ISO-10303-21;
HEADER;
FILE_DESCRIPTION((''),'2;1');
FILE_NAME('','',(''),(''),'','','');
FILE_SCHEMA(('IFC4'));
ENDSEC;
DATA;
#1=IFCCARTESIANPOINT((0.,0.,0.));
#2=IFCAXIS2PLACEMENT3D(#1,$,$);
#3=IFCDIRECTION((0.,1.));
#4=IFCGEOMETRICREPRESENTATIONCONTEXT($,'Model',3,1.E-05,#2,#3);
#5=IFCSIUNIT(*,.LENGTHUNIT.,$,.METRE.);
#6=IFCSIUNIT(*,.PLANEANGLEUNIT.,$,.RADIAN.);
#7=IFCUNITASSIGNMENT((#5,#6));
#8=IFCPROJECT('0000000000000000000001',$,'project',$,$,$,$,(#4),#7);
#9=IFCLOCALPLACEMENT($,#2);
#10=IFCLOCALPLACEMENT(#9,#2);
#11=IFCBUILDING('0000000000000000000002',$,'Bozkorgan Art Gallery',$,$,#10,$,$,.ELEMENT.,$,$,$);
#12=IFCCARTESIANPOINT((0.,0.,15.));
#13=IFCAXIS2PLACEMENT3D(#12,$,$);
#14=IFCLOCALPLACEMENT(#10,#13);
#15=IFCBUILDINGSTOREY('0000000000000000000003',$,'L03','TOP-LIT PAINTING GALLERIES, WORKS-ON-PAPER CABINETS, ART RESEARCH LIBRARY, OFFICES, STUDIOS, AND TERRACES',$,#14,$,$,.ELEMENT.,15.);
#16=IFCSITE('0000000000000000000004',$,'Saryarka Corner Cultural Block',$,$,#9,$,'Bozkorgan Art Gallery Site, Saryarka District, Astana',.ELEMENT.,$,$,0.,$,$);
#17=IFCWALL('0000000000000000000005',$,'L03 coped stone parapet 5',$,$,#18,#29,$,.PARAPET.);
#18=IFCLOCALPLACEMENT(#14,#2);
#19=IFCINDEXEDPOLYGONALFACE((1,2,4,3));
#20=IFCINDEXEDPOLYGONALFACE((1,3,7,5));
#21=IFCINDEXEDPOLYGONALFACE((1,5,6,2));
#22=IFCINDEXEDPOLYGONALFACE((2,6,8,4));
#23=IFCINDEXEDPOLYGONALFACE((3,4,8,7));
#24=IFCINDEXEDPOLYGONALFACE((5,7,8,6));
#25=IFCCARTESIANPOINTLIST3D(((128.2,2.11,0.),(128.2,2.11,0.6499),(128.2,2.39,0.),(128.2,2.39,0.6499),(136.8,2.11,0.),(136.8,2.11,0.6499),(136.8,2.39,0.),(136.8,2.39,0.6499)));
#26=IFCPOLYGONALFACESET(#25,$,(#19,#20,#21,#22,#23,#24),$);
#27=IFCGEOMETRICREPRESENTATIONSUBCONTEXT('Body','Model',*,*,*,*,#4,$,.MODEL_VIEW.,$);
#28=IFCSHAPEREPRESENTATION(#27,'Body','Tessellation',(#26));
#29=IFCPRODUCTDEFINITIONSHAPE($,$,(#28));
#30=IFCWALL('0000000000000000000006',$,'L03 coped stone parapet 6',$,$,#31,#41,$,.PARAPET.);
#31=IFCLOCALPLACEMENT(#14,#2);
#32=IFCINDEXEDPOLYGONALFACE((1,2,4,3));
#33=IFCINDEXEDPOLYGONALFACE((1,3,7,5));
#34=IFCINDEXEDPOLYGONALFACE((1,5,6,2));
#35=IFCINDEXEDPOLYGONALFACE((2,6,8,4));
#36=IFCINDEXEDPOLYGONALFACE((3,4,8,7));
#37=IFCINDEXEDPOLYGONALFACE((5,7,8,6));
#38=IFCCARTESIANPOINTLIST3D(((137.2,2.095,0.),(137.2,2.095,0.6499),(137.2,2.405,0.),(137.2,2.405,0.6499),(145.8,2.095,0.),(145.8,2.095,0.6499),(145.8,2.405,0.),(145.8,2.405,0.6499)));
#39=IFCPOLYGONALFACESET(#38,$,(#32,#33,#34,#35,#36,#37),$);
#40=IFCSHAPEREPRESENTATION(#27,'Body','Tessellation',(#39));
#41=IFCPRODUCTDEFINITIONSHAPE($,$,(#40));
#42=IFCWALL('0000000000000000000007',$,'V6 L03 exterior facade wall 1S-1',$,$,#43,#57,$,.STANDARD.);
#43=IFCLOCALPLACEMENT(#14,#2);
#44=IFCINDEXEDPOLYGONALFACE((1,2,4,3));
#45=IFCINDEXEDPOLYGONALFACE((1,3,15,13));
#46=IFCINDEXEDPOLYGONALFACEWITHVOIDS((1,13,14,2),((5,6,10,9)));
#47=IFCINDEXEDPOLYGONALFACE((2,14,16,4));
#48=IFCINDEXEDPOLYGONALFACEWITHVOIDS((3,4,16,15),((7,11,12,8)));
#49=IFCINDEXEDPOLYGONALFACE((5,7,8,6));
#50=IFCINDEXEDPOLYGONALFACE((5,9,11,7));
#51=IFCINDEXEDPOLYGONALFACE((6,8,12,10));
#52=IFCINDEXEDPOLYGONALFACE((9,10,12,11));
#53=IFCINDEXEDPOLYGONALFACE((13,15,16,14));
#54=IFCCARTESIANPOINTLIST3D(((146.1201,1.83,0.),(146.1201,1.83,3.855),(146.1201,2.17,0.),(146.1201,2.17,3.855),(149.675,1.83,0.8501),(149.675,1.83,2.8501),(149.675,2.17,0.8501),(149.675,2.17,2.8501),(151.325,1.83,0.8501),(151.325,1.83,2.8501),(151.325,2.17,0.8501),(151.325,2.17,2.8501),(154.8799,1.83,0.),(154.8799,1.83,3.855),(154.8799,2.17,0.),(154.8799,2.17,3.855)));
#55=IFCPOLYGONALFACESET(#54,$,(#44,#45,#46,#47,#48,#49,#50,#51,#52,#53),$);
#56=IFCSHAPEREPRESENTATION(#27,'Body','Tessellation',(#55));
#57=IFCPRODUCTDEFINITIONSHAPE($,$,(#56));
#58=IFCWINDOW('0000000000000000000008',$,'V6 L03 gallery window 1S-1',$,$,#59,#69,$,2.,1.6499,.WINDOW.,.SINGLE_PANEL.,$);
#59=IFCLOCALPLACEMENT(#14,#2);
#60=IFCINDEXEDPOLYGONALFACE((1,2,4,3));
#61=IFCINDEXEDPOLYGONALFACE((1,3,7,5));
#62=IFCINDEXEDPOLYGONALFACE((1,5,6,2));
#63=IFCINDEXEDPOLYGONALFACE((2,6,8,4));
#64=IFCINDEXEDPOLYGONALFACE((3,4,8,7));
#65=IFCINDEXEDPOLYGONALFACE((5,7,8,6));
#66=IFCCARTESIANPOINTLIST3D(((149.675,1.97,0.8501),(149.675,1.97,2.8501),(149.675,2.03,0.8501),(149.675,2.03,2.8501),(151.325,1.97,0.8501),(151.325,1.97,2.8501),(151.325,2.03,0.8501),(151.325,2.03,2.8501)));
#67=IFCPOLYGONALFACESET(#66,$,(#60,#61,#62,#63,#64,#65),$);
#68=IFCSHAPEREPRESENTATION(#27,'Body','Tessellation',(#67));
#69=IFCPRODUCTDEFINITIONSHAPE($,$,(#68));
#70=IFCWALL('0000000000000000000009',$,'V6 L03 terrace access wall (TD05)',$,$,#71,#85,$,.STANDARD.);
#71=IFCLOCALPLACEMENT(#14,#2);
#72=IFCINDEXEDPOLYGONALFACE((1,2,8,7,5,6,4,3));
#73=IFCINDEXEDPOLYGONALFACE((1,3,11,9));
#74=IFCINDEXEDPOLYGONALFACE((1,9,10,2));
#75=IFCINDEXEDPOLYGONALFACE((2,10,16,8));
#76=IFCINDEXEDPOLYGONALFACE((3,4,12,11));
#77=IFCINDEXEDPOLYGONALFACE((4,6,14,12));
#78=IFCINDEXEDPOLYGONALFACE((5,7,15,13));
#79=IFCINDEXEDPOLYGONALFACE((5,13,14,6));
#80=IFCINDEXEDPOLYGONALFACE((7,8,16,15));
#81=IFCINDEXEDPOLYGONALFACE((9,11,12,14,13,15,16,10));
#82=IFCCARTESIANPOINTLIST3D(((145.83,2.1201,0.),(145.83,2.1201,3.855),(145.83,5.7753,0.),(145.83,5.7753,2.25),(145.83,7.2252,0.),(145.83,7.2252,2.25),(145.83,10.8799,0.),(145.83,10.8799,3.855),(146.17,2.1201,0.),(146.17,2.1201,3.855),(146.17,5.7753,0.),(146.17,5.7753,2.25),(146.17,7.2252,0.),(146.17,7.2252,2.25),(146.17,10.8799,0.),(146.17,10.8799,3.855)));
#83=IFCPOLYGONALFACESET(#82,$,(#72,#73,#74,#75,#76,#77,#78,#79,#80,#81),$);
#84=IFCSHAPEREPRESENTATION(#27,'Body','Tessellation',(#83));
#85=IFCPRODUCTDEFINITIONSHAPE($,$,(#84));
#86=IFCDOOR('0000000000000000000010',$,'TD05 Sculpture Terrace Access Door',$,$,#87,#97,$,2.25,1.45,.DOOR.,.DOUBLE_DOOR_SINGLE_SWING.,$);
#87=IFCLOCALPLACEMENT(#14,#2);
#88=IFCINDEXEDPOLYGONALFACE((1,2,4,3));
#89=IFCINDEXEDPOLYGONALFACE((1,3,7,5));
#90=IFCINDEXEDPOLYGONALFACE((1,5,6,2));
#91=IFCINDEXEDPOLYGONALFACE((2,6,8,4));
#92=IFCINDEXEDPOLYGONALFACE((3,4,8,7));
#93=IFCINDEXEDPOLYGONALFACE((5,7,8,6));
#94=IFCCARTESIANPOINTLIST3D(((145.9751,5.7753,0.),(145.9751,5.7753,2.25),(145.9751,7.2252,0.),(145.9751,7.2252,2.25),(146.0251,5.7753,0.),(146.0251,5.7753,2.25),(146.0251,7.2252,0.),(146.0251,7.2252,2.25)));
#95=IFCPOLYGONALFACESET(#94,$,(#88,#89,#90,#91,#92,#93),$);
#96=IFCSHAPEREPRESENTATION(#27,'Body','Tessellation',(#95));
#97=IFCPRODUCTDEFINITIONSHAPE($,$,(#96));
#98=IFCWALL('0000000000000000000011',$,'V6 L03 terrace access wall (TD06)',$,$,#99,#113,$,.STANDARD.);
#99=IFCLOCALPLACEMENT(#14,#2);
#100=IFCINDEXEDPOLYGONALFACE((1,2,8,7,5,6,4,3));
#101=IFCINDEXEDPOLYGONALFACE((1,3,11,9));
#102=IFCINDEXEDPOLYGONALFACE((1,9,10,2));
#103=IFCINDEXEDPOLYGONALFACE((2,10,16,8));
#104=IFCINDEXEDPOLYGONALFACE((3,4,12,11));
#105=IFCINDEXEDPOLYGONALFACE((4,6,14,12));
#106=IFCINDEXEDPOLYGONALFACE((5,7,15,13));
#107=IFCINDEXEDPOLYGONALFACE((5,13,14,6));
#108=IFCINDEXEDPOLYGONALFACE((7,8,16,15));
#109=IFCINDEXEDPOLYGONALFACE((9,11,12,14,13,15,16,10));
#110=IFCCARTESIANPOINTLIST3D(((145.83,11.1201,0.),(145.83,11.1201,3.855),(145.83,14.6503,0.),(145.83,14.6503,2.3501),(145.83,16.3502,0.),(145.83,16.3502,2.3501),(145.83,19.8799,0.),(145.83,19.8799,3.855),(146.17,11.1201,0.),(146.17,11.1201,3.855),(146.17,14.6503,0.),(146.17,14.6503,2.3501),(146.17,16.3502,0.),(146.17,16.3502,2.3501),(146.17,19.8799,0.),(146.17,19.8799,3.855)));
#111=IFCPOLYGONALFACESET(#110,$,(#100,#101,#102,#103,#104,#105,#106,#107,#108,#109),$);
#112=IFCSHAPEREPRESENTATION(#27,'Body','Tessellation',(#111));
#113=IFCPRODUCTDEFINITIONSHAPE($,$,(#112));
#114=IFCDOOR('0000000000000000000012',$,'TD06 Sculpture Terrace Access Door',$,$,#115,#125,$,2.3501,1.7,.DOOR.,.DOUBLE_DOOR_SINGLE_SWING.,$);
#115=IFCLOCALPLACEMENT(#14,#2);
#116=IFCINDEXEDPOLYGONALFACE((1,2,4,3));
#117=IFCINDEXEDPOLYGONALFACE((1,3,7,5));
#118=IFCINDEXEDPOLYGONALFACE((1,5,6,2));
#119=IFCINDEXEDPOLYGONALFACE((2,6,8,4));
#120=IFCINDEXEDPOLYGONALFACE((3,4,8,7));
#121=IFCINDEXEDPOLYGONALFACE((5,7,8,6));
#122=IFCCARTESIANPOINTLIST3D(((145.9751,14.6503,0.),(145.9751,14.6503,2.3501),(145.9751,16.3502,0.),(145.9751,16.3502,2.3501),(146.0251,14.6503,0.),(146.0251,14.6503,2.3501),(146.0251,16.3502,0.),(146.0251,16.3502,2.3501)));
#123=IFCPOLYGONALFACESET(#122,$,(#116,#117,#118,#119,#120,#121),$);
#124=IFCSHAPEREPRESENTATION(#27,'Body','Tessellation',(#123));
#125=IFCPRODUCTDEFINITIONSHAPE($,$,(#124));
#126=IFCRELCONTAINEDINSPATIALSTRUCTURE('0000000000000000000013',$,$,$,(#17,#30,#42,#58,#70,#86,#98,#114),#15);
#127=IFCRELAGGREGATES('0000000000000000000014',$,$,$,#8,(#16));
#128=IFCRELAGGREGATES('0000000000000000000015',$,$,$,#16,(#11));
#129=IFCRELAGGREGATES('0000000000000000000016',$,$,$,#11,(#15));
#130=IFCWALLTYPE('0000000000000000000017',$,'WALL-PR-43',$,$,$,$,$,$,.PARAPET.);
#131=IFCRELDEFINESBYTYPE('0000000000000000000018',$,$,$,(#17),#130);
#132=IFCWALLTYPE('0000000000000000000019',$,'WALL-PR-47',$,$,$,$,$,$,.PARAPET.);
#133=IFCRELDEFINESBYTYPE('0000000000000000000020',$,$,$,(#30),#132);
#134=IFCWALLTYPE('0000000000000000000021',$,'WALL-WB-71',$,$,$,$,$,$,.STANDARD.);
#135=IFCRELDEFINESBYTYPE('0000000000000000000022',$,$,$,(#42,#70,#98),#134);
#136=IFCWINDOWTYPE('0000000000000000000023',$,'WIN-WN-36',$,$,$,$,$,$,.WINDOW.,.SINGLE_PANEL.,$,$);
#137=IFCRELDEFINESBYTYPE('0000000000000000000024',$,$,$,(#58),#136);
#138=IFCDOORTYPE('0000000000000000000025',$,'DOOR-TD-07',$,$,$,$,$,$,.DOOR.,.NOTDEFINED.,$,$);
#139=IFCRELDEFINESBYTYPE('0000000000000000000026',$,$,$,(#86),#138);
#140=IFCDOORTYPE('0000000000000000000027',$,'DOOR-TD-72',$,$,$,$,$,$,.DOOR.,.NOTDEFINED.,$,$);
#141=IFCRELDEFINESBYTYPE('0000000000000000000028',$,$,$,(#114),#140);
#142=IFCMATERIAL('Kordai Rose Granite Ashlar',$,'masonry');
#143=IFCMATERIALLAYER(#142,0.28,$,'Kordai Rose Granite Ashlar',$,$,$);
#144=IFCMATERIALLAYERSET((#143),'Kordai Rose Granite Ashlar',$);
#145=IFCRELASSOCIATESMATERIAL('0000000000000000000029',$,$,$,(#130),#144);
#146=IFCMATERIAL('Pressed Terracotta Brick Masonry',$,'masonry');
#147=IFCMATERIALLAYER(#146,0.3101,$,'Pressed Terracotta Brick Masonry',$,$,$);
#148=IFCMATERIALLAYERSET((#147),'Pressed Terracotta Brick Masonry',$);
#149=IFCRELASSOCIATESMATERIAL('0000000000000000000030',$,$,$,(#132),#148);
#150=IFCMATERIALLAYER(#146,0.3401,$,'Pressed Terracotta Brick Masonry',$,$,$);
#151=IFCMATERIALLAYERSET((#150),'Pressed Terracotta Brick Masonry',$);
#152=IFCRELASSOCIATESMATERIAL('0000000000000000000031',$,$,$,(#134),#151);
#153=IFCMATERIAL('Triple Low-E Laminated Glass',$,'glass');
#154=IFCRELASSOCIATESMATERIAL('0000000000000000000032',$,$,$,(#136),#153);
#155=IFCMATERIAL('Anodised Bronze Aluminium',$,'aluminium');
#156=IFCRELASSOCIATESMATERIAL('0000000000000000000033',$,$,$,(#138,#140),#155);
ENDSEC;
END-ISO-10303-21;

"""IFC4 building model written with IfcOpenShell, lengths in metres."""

from ifc_helpers import new_model, si_unit, direction, frame, frame_2d, origin, place, context, subcontext, project, spatial, rectangle, extrude, material, layer, layer_set, type_object, element, fill, save


model = new_model("IFC4")

# Units and contexts
model_context = context("Model", 3, precision=1e-05, world=origin(), true_north=direction((0.0, 1.0)))
body_context = subcontext(model_context, "Body", "Model", "MODEL_VIEW")
ifc_project = project(units=[si_unit("LENGTHUNIT", "METRE"), si_unit("PLANEANGLEUNIT", "RADIAN")], contexts=[model_context])

# Site, building, storey
site_placement = place(None, origin())
site = spatial("IfcSite", under=ifc_project, at=site_placement, Name="Saryarka Corner Cultural Block", LongName="Bozkorgan Art Gallery Site, Saryarka District, Astana", CompositionType="ELEMENT", RefElevation=0.0)
building_placement = place(site_placement, origin())
building = spatial("IfcBuilding", under=site, at=building_placement, Name="Bozkorgan Art Gallery", CompositionType="ELEMENT")
storey_placement = place(building_placement, frame((0.0, 0.0, 15.0)))
storey = spatial("IfcBuildingStorey", under=building, at=storey_placement, Name="L03", Description="TOP-LIT PAINTING GALLERIES, WORKS-ON-PAPER CABINETS, ART RESEARCH LIBRARY, OFFICES, STUDIOS, AND TERRACES", CompositionType="ELEMENT", Elevation=15.0)

# Walls
ifc_material_1 = material(Name="Kordai Rose Granite Ashlar", Category="masonry")
ifc_layer_1 = layer(ifc_material_1, 0.28, Name="Kordai Rose Granite Ashlar")
ifc_layer_set_1 = layer_set([ifc_layer_1], Name="Kordai Rose Granite Ashlar")
wall_type_1 = type_object("IfcWallType", Name="WALL-PR-43", PredefinedType="PARAPET", material=ifc_layer_set_1)
wall_1_placement = place(storey_placement, frame((128.2, 2.25, 0.0), z_axis=(0.0, 0.0, 1.0), x_axis=(1.0, 0.0, 0.0)))
element("IfcWall", 1, at=wall_1_placement, inside=storey, type_object=wall_type_1, Name="L03 coped stone parapet 5", PredefinedType="PARAPET", context=body_context, shape_type="SweptSolid", body=[
    extrude(rectangle(XDim=8.6001, YDim=0.28, at=frame_2d((4.3, 0.0))), origin(), (0.0, 0.0, 1.0), 0.6499),
])
ifc_material_2 = material(Name="Pressed Terracotta Brick Masonry", Category="masonry")
ifc_layer_2 = layer(ifc_material_2, 0.3101, Name="Pressed Terracotta Brick Masonry")
ifc_layer_set_2 = layer_set([ifc_layer_2], Name="Pressed Terracotta Brick Masonry")
wall_type_2 = type_object("IfcWallType", Name="WALL-PR-47", PredefinedType="PARAPET", material=ifc_layer_set_2)
wall_2_placement = place(storey_placement, frame((137.2, 2.25, 0.0), z_axis=(0.0, 0.0, 1.0), x_axis=(1.0, 0.0, 0.0)))
element("IfcWall", 2, at=wall_2_placement, inside=storey, type_object=wall_type_2, Name="L03 coped stone parapet 6", PredefinedType="PARAPET", context=body_context, shape_type="SweptSolid", body=[
    extrude(rectangle(XDim=8.6001, YDim=0.3101, at=frame_2d((4.3, 0.0))), origin(), (0.0, 0.0, 1.0), 0.6499),
])

# Wall, opening, window
ifc_layer_3 = layer(ifc_material_2, 0.3401, Name="Pressed Terracotta Brick Masonry")
ifc_layer_set_3 = layer_set([ifc_layer_3], Name="Pressed Terracotta Brick Masonry")
wall_type_3 = type_object("IfcWallType", Name="WALL-WB-71", PredefinedType="STANDARD", material=ifc_layer_set_3)
wall_3_placement = place(storey_placement, frame((146.1201, 2.0, 0.0), z_axis=(0.0, 0.0, 1.0), x_axis=(1.0, 0.0, 0.0)))
wall_3 = element("IfcWall", 3, at=wall_3_placement, inside=storey, type_object=wall_type_3, Name="V6 L03 exterior facade wall 1S-1", PredefinedType="STANDARD", context=body_context, shape_type="SweptSolid", body=[
    extrude(rectangle(XDim=8.7598, YDim=0.3401, at=frame_2d((4.3799, 0.0))), origin(), (0.0, 0.0, 1.0), 3.855),
])
opening_1_placement = place(wall_3_placement, frame((5.2048, 0.0, 0.8501), z_axis=(0.0, 0.0, 1.0), x_axis=(-1.0, 0.0, 0.0)))
opening_1 = element("IfcOpeningElement", 4, at=opening_1_placement, cuts=wall_3, PredefinedType="OPENING", context=body_context, shape_type="SweptSolid", body=[
    extrude(rectangle(XDim=1.6499, YDim=2.0, at=frame_2d((0.825, 1.0))), frame((0.0, 0.1802, 0.0), z_axis=(0.0, -1.0, 0.0), x_axis=(1.0, 0.0, 0.0)), (0.0, 0.0, 1.0), 0.3601),
])
ifc_material_3 = material(Name="Triple Low-E Laminated Glass", Category="glass")
window_type = type_object("IfcWindowType", Name="WIN-WN-36", PartitioningType="SINGLE_PANEL", PredefinedType="WINDOW", material=ifc_material_3)
window_placement = place(opening_1_placement, origin())
window = element("IfcWindow", 5, at=window_placement, inside=storey, type_object=window_type, Name="V6 L03 gallery window 1S-1", OverallHeight=2.0, OverallWidth=1.6499, PartitioningType="SINGLE_PANEL", PredefinedType="WINDOW", context=body_context, shape_type="SweptSolid", body=[
    extrude(rectangle(XDim=1.6499, YDim=2.0, at=frame_2d((0.825, 1.0))), frame((0.0, 0.03, 0.0), z_axis=(0.0, -1.0, 0.0), x_axis=(1.0, 0.0, 0.0)), (0.0, 0.0, 1.0), 0.0601),
])
fill(opening_1, window)

# Walls, openings, doors
wall_4_placement = place(storey_placement, frame((146.0, 2.1201, 0.0), z_axis=(0.0, 0.0, 1.0), x_axis=(0.0, 1.0, 0.0)))
wall_4 = element("IfcWall", 6, at=wall_4_placement, inside=storey, type_object=wall_type_3, Name="V6 L03 terrace access wall (TD05)", PredefinedType="STANDARD", context=body_context, shape_type="SweptSolid", body=[
    extrude(rectangle(XDim=8.7598, YDim=0.3401, at=frame_2d((4.3799, 0.0))), origin(), (0.0, 0.0, 1.0), 3.855),
])
opening_2_placement = place(wall_4_placement, frame((3.655, 0.0, 0.0)))
opening_2 = element("IfcOpeningElement", 7, at=opening_2_placement, cuts=wall_4, PredefinedType="OPENING", context=body_context, shape_type="SweptSolid", body=[
    extrude(rectangle(XDim=1.45, YDim=2.25, at=frame_2d((0.7251, 1.125))), frame((0.0, 0.1802, 0.0), z_axis=(0.0, -1.0, 0.0), x_axis=(1.0, 0.0, 0.0)), (0.0, 0.0, 1.0), 0.3601),
])
ifc_material_4 = material(Name="Anodised Bronze Aluminium", Category="aluminium")
door_type_1 = type_object("IfcDoorType", Name="DOOR-TD-07", OperationType="NOTDEFINED", PredefinedType="DOOR", material=ifc_material_4)
door_1_placement = place(opening_2_placement, origin())
door_1 = element("IfcDoor", 8, at=door_1_placement, inside=storey, type_object=door_type_1, Name="TD05 Sculpture Terrace Access Door", OperationType="DOUBLE_DOOR_SINGLE_SWING", OverallHeight=2.25, OverallWidth=1.45, PredefinedType="DOOR", context=body_context, shape_type="SweptSolid", body=[
    extrude(rectangle(XDim=1.45, YDim=2.25, at=frame_2d((0.7251, 1.125))), frame((0.0, 0.0249, 0.0), z_axis=(0.0, -1.0, 0.0), x_axis=(1.0, 0.0, 0.0)), (0.0, 0.0, 1.0), 0.05),
])
fill(opening_2, door_1)
wall_5_placement = place(storey_placement, frame((146.0, 11.1201, 0.0), z_axis=(0.0, 0.0, 1.0), x_axis=(0.0, 1.0, 0.0)))
wall_5 = element("IfcWall", 9, at=wall_5_placement, inside=storey, type_object=wall_type_3, Name="V6 L03 terrace access wall (TD06)", PredefinedType="STANDARD", context=body_context, shape_type="SweptSolid", body=[
    extrude(rectangle(XDim=8.7598, YDim=0.3401, at=frame_2d((4.3799, 0.0))), origin(), (0.0, 0.0, 1.0), 3.855),
])
opening_3_placement = place(wall_5_placement, frame((3.53, 0.0, 0.0)))
opening_3 = element("IfcOpeningElement", 10, at=opening_3_placement, cuts=wall_5, PredefinedType="OPENING", context=body_context, shape_type="SweptSolid", body=[
    extrude(rectangle(XDim=1.7, YDim=2.3501, at=frame_2d((0.8501, 1.175))), frame((0.0, 0.1802, 0.0), z_axis=(0.0, -1.0, 0.0), x_axis=(1.0, 0.0, 0.0)), (0.0, 0.0, 1.0), 0.3601),
])
door_type_2 = type_object("IfcDoorType", Name="DOOR-TD-72", OperationType="NOTDEFINED", PredefinedType="DOOR", material=ifc_material_4)
door_2_placement = place(opening_3_placement, origin())
door_2 = element("IfcDoor", 11, at=door_2_placement, inside=storey, type_object=door_type_2, Name="TD06 Sculpture Terrace Access Door", OperationType="DOUBLE_DOOR_SINGLE_SWING", OverallHeight=2.3501, OverallWidth=1.7, PredefinedType="DOOR", context=body_context, shape_type="SweptSolid", body=[
    extrude(rectangle(XDim=1.7, YDim=2.3501, at=frame_2d((0.8501, 1.175))), frame((0.0, 0.0249, 0.0), z_axis=(0.0, -1.0, 0.0), x_axis=(1.0, 0.0, 0.0)), (0.0, 0.0, 1.0), 0.05),
])
fill(opening_3, door_2)

save(model, "model.ifc")
